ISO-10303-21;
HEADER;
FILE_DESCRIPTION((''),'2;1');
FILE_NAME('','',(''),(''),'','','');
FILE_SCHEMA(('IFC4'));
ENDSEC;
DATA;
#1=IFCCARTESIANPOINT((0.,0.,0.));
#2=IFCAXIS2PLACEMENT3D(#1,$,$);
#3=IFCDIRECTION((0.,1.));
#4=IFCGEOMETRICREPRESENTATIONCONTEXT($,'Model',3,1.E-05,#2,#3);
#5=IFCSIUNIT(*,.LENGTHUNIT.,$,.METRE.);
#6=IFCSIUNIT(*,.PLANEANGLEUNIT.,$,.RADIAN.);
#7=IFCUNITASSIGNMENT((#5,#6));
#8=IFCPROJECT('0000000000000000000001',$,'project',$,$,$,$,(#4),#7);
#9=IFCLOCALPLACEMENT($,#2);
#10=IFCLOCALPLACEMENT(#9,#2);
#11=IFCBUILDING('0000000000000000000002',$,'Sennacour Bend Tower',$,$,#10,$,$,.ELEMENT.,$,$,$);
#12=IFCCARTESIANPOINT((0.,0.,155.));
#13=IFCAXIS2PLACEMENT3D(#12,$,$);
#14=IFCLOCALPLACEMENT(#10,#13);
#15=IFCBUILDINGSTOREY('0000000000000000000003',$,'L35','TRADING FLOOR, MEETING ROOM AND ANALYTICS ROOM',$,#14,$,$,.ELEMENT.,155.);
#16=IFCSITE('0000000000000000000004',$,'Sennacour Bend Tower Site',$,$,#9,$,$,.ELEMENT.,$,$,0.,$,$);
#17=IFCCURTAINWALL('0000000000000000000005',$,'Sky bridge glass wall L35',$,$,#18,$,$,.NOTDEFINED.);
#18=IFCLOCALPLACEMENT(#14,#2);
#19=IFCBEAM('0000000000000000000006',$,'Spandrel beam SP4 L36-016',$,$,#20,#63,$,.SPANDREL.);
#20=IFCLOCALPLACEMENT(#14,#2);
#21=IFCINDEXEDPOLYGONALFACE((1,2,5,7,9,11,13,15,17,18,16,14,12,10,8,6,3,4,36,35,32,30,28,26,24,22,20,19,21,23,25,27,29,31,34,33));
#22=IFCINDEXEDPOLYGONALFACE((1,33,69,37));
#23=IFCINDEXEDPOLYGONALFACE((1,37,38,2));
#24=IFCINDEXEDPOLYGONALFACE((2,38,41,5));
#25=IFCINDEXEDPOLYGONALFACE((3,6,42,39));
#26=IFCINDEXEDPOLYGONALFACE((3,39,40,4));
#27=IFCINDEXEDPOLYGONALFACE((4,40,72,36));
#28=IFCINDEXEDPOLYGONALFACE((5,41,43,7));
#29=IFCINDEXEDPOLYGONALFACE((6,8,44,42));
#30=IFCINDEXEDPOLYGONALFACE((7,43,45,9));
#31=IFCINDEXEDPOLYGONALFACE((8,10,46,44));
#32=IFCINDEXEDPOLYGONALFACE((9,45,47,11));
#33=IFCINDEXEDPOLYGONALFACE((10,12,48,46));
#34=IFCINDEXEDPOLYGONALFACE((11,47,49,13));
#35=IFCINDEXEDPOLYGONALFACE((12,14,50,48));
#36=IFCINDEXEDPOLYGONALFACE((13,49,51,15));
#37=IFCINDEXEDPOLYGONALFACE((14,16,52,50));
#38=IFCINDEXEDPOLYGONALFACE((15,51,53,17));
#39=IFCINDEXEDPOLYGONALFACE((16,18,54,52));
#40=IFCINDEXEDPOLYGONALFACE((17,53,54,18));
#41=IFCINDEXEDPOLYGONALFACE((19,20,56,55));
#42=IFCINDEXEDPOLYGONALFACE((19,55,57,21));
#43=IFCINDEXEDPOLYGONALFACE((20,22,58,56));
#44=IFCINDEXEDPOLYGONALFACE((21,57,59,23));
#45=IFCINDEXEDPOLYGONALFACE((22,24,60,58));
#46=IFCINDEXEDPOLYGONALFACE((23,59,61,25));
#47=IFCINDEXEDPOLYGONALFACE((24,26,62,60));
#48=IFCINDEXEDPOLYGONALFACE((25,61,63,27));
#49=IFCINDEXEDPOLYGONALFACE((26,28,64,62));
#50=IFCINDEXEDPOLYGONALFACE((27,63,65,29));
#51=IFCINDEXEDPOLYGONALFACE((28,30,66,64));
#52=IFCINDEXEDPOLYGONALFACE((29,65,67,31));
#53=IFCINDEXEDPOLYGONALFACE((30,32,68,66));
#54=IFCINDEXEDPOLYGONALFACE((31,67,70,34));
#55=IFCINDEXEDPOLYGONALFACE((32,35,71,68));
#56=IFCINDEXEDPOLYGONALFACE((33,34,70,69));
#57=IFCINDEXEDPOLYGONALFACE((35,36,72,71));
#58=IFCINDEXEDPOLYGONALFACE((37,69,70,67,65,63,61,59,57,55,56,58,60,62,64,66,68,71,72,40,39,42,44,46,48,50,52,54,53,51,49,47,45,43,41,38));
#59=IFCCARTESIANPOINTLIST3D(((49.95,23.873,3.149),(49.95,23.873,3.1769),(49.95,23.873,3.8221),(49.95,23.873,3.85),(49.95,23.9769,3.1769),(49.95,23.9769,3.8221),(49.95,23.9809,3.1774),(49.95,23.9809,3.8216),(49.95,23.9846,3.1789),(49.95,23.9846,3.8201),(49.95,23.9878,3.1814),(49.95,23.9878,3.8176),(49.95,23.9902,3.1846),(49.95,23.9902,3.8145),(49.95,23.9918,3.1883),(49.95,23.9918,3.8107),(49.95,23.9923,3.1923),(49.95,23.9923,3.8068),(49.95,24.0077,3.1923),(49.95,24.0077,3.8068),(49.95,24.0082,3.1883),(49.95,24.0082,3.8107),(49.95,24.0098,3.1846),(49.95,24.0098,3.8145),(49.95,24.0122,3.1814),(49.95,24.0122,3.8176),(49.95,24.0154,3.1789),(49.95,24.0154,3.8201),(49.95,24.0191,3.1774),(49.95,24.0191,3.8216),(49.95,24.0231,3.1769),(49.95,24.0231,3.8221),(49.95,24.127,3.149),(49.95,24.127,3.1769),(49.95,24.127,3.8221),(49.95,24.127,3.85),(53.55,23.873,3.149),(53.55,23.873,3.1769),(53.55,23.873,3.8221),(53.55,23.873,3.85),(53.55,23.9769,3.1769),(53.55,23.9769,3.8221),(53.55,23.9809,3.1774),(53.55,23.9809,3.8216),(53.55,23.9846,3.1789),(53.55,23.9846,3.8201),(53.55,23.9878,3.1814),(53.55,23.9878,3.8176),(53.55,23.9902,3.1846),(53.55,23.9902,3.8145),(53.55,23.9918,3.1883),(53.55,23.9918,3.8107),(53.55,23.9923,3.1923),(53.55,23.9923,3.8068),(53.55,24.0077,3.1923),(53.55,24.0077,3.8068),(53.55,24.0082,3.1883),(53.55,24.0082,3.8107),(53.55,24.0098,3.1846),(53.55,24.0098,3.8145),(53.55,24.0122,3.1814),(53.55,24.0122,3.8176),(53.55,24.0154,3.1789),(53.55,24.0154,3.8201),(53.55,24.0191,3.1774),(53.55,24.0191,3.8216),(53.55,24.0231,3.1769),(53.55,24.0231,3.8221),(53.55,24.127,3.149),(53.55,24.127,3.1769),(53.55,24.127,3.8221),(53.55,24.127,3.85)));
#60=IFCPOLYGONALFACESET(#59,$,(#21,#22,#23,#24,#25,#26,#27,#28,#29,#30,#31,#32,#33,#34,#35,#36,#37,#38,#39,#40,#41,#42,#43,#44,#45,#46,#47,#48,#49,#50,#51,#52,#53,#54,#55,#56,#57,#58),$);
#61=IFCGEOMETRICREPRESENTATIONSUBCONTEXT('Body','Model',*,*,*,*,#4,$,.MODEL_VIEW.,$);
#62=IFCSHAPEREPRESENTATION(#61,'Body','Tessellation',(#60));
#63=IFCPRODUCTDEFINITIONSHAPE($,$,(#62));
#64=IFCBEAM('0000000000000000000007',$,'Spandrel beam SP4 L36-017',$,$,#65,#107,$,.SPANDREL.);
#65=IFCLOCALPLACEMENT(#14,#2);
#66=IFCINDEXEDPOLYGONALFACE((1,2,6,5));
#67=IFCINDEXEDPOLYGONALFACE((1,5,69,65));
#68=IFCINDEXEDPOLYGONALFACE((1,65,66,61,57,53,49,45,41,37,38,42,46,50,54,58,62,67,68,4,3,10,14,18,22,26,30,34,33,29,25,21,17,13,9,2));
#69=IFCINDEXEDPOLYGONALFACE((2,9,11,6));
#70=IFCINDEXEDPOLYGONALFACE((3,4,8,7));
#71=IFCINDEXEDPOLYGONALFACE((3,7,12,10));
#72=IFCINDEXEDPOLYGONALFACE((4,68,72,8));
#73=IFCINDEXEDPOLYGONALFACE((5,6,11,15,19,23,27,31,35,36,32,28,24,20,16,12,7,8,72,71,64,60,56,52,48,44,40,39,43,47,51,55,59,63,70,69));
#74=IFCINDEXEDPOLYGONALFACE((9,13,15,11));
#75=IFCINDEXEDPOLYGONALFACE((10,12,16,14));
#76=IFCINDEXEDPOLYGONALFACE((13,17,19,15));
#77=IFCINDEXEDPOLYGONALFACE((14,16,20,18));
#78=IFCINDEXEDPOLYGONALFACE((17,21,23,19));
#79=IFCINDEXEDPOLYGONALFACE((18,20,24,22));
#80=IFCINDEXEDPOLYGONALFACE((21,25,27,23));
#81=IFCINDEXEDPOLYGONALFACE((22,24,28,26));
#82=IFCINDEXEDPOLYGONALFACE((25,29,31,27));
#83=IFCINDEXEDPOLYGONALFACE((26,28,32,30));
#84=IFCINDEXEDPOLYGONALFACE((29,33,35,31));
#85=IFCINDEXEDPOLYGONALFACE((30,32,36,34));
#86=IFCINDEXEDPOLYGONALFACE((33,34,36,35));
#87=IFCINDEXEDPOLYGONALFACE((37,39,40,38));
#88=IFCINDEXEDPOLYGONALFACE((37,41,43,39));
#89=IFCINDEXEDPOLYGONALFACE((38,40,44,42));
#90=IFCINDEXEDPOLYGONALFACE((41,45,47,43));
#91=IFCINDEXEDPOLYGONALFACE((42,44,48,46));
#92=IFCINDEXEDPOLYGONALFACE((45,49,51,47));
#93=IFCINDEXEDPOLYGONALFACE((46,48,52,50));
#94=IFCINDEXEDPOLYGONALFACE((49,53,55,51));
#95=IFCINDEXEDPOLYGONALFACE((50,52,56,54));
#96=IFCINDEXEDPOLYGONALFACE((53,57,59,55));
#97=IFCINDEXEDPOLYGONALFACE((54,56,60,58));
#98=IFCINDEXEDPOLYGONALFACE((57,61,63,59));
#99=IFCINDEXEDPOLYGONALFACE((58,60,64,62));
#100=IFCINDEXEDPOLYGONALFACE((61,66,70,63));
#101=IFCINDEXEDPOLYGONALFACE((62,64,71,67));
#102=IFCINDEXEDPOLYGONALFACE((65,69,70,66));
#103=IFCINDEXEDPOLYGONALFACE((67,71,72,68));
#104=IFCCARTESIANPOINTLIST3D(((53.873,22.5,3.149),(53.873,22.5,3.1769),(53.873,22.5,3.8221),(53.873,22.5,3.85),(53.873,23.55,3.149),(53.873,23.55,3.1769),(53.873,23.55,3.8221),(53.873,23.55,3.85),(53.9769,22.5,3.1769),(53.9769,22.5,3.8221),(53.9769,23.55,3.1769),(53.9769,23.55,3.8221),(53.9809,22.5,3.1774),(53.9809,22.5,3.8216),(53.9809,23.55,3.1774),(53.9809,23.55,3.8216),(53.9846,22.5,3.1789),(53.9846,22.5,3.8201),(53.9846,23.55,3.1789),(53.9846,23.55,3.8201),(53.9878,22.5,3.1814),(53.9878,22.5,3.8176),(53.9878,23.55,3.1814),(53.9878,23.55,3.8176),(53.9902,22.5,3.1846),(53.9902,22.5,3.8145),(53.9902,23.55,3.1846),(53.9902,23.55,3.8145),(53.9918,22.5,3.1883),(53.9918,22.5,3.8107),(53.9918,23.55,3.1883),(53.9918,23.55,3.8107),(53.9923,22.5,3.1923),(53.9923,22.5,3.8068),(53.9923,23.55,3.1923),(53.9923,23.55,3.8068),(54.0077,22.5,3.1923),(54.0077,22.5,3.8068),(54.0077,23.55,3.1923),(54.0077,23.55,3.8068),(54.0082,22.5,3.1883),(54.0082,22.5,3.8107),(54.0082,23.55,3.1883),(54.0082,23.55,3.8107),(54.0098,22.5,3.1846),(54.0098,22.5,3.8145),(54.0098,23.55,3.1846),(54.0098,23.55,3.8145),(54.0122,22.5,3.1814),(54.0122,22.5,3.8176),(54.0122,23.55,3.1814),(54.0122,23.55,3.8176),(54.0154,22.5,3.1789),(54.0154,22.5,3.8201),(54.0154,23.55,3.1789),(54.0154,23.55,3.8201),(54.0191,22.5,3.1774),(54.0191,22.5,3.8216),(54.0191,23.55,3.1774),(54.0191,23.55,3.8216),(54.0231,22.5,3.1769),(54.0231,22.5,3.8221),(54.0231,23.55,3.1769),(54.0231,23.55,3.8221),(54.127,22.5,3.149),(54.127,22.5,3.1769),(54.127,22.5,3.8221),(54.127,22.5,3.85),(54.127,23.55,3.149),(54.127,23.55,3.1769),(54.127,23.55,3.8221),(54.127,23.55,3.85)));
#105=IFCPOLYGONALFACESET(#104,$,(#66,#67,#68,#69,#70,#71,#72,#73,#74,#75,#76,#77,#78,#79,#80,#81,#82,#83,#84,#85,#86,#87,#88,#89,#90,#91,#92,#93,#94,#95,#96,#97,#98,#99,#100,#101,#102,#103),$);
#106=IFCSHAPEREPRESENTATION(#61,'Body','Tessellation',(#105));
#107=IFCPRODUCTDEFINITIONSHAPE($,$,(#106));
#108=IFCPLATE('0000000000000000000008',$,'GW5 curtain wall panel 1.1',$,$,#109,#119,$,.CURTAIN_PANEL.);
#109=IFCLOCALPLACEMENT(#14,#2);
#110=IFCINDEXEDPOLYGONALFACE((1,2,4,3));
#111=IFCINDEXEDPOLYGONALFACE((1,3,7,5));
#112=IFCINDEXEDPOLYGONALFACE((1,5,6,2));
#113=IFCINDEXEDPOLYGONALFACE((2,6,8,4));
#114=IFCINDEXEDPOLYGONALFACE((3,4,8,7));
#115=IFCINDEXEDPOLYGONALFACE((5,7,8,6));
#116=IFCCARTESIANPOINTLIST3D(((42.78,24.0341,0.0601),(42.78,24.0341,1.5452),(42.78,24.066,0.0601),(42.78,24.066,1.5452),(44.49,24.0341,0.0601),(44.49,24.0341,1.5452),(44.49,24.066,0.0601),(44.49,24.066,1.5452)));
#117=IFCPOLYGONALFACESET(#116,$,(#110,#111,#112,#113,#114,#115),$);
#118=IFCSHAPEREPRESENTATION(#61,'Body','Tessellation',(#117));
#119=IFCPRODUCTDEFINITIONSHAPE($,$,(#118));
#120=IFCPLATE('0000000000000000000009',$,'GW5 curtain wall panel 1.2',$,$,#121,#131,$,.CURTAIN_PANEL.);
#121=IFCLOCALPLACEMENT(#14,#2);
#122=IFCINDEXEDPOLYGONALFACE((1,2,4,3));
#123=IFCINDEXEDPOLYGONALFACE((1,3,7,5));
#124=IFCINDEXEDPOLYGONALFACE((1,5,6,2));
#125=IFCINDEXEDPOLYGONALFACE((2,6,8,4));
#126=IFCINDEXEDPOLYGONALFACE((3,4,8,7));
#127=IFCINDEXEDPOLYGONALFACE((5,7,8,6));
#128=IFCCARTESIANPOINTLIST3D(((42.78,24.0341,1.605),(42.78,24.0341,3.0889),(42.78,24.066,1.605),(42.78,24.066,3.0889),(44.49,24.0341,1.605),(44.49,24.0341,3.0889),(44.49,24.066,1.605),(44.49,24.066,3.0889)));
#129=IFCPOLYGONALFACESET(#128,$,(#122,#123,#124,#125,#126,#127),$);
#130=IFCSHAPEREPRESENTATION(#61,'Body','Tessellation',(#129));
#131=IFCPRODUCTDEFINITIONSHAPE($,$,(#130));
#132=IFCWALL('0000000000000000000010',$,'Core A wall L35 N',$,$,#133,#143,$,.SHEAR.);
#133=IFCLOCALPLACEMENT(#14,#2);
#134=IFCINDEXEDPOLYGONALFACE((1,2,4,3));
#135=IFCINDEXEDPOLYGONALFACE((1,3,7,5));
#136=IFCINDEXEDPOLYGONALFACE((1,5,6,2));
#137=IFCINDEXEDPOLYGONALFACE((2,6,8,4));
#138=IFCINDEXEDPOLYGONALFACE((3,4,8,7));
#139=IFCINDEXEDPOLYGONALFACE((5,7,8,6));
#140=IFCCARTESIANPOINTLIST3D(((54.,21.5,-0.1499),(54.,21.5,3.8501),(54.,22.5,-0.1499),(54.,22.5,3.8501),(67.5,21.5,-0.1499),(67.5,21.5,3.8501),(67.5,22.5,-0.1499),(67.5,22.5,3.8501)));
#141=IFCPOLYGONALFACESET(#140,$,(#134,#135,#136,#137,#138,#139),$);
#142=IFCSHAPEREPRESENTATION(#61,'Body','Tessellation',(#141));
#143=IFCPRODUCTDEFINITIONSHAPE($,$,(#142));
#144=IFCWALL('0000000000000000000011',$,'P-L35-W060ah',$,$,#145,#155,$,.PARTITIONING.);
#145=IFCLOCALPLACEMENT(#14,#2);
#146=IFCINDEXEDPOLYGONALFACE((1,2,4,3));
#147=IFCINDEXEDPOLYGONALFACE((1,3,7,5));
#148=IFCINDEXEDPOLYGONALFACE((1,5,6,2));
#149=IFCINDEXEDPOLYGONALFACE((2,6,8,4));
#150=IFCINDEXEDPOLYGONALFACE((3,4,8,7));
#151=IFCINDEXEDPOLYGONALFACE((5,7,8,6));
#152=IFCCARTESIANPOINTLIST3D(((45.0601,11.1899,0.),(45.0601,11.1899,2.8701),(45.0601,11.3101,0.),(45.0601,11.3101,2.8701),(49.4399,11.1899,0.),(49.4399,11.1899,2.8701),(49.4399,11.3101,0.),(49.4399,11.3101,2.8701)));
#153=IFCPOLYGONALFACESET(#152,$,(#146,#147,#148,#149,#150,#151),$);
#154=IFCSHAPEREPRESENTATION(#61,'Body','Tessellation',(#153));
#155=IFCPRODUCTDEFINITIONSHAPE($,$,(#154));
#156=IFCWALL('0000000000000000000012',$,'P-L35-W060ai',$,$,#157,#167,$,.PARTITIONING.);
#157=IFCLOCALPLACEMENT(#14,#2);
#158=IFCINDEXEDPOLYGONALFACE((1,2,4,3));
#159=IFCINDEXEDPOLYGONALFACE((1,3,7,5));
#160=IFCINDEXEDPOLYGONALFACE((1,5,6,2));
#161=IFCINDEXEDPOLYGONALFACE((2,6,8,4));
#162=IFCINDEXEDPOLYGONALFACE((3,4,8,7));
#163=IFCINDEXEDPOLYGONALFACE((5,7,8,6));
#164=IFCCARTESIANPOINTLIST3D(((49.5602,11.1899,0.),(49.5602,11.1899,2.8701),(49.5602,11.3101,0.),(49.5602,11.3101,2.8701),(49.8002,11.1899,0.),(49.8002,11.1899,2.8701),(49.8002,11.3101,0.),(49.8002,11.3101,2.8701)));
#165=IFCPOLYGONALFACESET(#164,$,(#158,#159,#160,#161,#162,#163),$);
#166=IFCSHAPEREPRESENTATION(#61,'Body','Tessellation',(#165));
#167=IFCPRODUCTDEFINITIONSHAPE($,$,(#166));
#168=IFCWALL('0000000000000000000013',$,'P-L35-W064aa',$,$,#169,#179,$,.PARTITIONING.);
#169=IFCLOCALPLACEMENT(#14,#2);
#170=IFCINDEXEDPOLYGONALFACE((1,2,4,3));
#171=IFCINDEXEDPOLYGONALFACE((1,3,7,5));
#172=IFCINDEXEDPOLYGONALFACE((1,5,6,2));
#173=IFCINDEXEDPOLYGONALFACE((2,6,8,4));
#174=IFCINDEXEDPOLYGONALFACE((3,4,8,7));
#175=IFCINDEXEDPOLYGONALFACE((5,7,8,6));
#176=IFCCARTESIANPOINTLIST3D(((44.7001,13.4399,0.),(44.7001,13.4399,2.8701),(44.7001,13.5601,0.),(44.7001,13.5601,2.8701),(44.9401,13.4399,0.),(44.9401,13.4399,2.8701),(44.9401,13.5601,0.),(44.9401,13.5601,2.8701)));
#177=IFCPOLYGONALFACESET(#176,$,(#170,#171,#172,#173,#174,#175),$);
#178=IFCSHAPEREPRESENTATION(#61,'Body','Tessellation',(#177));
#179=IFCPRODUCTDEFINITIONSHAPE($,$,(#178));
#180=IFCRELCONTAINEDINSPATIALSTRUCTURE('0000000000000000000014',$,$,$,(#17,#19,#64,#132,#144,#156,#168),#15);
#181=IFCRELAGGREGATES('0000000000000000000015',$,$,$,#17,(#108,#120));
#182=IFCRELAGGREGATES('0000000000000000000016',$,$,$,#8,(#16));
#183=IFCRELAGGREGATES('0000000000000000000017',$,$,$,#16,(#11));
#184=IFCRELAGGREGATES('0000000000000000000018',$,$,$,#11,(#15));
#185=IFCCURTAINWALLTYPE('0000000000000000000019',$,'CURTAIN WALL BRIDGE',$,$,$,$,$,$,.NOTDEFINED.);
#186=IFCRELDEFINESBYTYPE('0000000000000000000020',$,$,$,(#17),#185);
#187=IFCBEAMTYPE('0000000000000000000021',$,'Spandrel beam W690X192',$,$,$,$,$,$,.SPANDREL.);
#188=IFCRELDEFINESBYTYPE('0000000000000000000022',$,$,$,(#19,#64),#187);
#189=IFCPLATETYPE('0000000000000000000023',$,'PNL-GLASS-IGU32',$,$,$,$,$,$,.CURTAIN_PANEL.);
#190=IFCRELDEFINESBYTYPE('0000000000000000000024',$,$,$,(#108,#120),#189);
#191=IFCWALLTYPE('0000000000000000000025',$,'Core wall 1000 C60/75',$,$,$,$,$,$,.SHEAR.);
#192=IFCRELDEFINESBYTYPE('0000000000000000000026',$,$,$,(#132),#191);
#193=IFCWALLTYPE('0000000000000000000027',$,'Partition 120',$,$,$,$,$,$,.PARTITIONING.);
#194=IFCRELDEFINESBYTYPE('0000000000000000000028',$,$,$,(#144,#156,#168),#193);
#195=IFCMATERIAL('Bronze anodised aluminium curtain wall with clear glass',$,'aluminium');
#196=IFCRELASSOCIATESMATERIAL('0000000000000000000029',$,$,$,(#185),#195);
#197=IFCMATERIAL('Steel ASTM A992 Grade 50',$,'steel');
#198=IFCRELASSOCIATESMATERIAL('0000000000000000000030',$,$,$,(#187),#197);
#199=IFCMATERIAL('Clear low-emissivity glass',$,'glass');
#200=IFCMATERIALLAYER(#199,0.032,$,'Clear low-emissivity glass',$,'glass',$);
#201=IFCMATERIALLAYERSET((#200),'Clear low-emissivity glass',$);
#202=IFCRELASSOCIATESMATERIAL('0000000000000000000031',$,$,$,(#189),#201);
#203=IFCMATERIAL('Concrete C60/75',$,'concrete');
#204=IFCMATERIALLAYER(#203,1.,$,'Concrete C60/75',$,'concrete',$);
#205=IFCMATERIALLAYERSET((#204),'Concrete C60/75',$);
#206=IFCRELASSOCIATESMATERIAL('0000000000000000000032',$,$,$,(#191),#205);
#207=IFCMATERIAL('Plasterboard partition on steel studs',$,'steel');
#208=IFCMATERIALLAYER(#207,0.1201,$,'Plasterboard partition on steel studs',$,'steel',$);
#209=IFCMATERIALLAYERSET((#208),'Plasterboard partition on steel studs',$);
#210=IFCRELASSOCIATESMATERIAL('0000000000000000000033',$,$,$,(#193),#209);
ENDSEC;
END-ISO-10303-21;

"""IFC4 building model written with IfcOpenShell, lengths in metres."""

from ifc_helpers import new_model, si_unit, direction, frame, frame_2d, origin, origin_2d, place, context, subcontext, project, spatial, rectangle, i_section, extrude, material, layer, layer_set, material_profile, profile_set, type_object, element, aggregate, save


model = new_model("IFC4")

# Units and contexts
model_context = context("Model", 3, precision=1e-05, world=origin(), true_north=direction((0.0, 1.0)))
body_context = subcontext(model_context, "Body", "Model", "MODEL_VIEW")
ifc_project = project(units=[si_unit("LENGTHUNIT", "METRE"), si_unit("PLANEANGLEUNIT", "RADIAN")], contexts=[model_context])

# Site, building, storey
site_placement = place(None, origin())
site = spatial("IfcSite", under=ifc_project, at=site_placement, Name="Sennacour Bend Tower Site", CompositionType="ELEMENT", RefElevation=0.0)
building_placement = place(site_placement, origin())
building = spatial("IfcBuilding", under=site, at=building_placement, Name="Sennacour Bend Tower", CompositionType="ELEMENT")
storey_placement = place(building_placement, frame((0.0, 0.0, 155.0)))
storey = spatial("IfcBuildingStorey", under=building, at=storey_placement, Name="L35", Description="TRADING FLOOR, MEETING ROOM AND ANALYTICS ROOM", CompositionType="ELEMENT", Elevation=155.0)

# Curtain wall
ifc_material_1 = material(Name="Bronze anodised aluminium curtain wall with clear glass", Category="aluminium")
curtain_wall_type = type_object("IfcCurtainWallType", Name="CURTAIN WALL BRIDGE", PredefinedType="NOTDEFINED", material=ifc_material_1)
curtain_wall_placement = place(storey_placement, origin())
curtain_wall = element("IfcCurtainWall", 1, at=curtain_wall_placement, inside=storey, type_object=curtain_wall_type, Name="Sky bridge glass wall L35", PredefinedType="NOTDEFINED")

# Beams
ifc_material_2 = material(Name="Steel ASTM A992 Grade 50", Category="steel")
ifc_material_profile_1 = material_profile(ifc_material_2, i_section(OverallWidth=0.2539, OverallDepth=0.7009, WebThickness=0.0154, FlangeThickness=0.0278, FilletRadius=0.0154, at=origin_2d()), Name="Steel ASTM A992 Grade 50", Category="steel")
ifc_profile_set_1 = profile_set([ifc_material_profile_1], Name="Steel ASTM A992 Grade 50")
beam_type = type_object("IfcBeamType", Name="Spandrel beam W690X192", PredefinedType="SPANDREL", material=ifc_profile_set_1)
for number, where, z_axis, x_axis, name in (
    (2, (49.95, 24.0, 3.4995), (1.0, 0.0, 0.0), (0.0, 1.0, 0.0), "Spandrel beam SP4 L36-016"),
):
    element("IfcBeam", number, at=place(storey_placement, frame(where, z_axis=z_axis, x_axis=x_axis)), inside=storey, type_object=beam_type, Name=name, PredefinedType="SPANDREL", context=body_context, shape_type="SweptSolid", body=[
        extrude(i_section(OverallWidth=0.2539, OverallDepth=0.7009, WebThickness=0.0154, FlangeThickness=0.0278, FilletRadius=0.0154, at=origin_2d()), origin(), (0.0, 0.0, 1.0), 3.6001),
    ])
beam_placement = place(storey_placement, frame((54.0, 23.55, 3.4995), z_axis=(0.0, -1.0, 0.0), x_axis=(1.0, 0.0, 0.0)))
element("IfcBeam", 3, at=beam_placement, inside=storey, type_object=beam_type, Name="Spandrel beam SP4 L36-017", PredefinedType="SPANDREL", context=body_context, shape_type="SweptSolid", body=[
    extrude(i_section(OverallWidth=0.2539, OverallDepth=0.7009, WebThickness=0.0154, FlangeThickness=0.0278, FilletRadius=0.0154, at=origin_2d()), origin(), (0.0, 0.0, 1.0), 1.05),
])

# Plates
ifc_material_3 = material(Name="Clear low-emissivity glass", Category="glass")
ifc_layer_1 = layer(ifc_material_3, 0.032, Name="Clear low-emissivity glass", Category="glass")
ifc_layer_set_1 = layer_set([ifc_layer_1], Name="Clear low-emissivity glass")
plate_type = type_object("IfcPlateType", Name="PNL-GLASS-IGU32", PredefinedType="CURTAIN_PANEL", material=ifc_layer_set_1)
plate_1_placement = place(storey_placement, frame((43.635, 24.05, 0.0601), z_axis=(0.0, 0.0, 1.0), x_axis=(-1.0, 0.0, 0.0)))
plate_1 = element("IfcPlate", 4, at=plate_1_placement, type_object=plate_type, Name="GW5 curtain wall panel 1.1", PredefinedType="CURTAIN_PANEL", context=body_context, shape_type="SweptSolid", body=[
    extrude(rectangle(XDim=1.71, YDim=0.032, at=origin_2d()), origin(), (0.0, 0.0, 1.0), 1.4851),
])
plate_2_placement = place(storey_placement, frame((43.635, 24.05, 1.605), z_axis=(0.0, 0.0, 1.0), x_axis=(-1.0, 0.0, 0.0)))
plate_2 = element("IfcPlate", 5, at=plate_2_placement, type_object=plate_type, Name="GW5 curtain wall panel 1.2", PredefinedType="CURTAIN_PANEL", context=body_context, shape_type="SweptSolid", body=[
    extrude(rectangle(XDim=1.71, YDim=0.032, at=origin_2d()), origin(), (0.0, 0.0, 1.0), 1.4839),
])
aggregate(curtain_wall, [plate_1, plate_2])

# Walls
ifc_material_4 = material(Name="Concrete C60/75", Category="concrete")
ifc_layer_2 = layer(ifc_material_4, 1.0, Name="Concrete C60/75", Category="concrete")
ifc_layer_set_2 = layer_set([ifc_layer_2], Name="Concrete C60/75")
wall_type_1 = type_object("IfcWallType", Name="Core wall 1000 C60/75", PredefinedType="SHEAR", material=ifc_layer_set_2)
wall_1_placement = place(storey_placement, frame((54.0, 22.0, -0.1499), z_axis=(0.0, 0.0, 1.0), x_axis=(1.0, 0.0, 0.0)))
element("IfcWall", 6, at=wall_1_placement, inside=storey, type_object=wall_type_1, Name="Core A wall L35 N", PredefinedType="SHEAR", context=body_context, shape_type="SweptSolid", body=[
    extrude(rectangle(XDim=13.5, YDim=1.0, at=frame_2d((6.75, 0.0))), origin(), (0.0, 0.0, 1.0), 4.0),
])
ifc_material_5 = material(Name="Plasterboard partition on steel studs", Category="steel")
ifc_layer_3 = layer(ifc_material_5, 0.1201, Name="Plasterboard partition on steel studs", Category="steel")
ifc_layer_set_3 = layer_set([ifc_layer_3], Name="Plasterboard partition on steel studs")
wall_type_2 = type_object("IfcWallType", Name="Partition 120", PredefinedType="PARTITIONING", material=ifc_layer_set_3)
wall_2_placement = place(storey_placement, frame((45.0601, 11.25, 0.0), z_axis=(0.0, 0.0, 1.0), x_axis=(1.0, 0.0, 0.0)))
element("IfcWall", 7, at=wall_2_placement, inside=storey, type_object=wall_type_2, Name="P-L35-W060ah", PredefinedType="PARTITIONING", context=body_context, shape_type="SweptSolid", body=[
    extrude(rectangle(XDim=4.3799, YDim=0.1201, at=frame_2d((2.1899, 0.0))), origin(), (0.0, 0.0, 1.0), 2.8701),
])
for number, where, z_axis, x_axis, name in (
    (8, (49.5601, 11.25, 0.0), (0.0, 0.0, 1.0), (1.0, 0.0, 0.0), "P-L35-W060ai"),
    (9, (44.7, 13.5, 0.0), (0.0, 0.0, 1.0), (1.0, 0.0, 0.0), "P-L35-W064aa"),
):
    element("IfcWall", number, at=place(storey_placement, frame(where, z_axis=z_axis, x_axis=x_axis)), inside=storey, type_object=wall_type_2, Name=name, PredefinedType="PARTITIONING", context=body_context, shape_type="SweptSolid", body=[
        extrude(rectangle(XDim=0.24, YDim=0.1201, at=frame_2d((0.1201, 0.0))), origin(), (0.0, 0.0, 1.0), 2.8701),
    ])

save(model, "model.ifc")
